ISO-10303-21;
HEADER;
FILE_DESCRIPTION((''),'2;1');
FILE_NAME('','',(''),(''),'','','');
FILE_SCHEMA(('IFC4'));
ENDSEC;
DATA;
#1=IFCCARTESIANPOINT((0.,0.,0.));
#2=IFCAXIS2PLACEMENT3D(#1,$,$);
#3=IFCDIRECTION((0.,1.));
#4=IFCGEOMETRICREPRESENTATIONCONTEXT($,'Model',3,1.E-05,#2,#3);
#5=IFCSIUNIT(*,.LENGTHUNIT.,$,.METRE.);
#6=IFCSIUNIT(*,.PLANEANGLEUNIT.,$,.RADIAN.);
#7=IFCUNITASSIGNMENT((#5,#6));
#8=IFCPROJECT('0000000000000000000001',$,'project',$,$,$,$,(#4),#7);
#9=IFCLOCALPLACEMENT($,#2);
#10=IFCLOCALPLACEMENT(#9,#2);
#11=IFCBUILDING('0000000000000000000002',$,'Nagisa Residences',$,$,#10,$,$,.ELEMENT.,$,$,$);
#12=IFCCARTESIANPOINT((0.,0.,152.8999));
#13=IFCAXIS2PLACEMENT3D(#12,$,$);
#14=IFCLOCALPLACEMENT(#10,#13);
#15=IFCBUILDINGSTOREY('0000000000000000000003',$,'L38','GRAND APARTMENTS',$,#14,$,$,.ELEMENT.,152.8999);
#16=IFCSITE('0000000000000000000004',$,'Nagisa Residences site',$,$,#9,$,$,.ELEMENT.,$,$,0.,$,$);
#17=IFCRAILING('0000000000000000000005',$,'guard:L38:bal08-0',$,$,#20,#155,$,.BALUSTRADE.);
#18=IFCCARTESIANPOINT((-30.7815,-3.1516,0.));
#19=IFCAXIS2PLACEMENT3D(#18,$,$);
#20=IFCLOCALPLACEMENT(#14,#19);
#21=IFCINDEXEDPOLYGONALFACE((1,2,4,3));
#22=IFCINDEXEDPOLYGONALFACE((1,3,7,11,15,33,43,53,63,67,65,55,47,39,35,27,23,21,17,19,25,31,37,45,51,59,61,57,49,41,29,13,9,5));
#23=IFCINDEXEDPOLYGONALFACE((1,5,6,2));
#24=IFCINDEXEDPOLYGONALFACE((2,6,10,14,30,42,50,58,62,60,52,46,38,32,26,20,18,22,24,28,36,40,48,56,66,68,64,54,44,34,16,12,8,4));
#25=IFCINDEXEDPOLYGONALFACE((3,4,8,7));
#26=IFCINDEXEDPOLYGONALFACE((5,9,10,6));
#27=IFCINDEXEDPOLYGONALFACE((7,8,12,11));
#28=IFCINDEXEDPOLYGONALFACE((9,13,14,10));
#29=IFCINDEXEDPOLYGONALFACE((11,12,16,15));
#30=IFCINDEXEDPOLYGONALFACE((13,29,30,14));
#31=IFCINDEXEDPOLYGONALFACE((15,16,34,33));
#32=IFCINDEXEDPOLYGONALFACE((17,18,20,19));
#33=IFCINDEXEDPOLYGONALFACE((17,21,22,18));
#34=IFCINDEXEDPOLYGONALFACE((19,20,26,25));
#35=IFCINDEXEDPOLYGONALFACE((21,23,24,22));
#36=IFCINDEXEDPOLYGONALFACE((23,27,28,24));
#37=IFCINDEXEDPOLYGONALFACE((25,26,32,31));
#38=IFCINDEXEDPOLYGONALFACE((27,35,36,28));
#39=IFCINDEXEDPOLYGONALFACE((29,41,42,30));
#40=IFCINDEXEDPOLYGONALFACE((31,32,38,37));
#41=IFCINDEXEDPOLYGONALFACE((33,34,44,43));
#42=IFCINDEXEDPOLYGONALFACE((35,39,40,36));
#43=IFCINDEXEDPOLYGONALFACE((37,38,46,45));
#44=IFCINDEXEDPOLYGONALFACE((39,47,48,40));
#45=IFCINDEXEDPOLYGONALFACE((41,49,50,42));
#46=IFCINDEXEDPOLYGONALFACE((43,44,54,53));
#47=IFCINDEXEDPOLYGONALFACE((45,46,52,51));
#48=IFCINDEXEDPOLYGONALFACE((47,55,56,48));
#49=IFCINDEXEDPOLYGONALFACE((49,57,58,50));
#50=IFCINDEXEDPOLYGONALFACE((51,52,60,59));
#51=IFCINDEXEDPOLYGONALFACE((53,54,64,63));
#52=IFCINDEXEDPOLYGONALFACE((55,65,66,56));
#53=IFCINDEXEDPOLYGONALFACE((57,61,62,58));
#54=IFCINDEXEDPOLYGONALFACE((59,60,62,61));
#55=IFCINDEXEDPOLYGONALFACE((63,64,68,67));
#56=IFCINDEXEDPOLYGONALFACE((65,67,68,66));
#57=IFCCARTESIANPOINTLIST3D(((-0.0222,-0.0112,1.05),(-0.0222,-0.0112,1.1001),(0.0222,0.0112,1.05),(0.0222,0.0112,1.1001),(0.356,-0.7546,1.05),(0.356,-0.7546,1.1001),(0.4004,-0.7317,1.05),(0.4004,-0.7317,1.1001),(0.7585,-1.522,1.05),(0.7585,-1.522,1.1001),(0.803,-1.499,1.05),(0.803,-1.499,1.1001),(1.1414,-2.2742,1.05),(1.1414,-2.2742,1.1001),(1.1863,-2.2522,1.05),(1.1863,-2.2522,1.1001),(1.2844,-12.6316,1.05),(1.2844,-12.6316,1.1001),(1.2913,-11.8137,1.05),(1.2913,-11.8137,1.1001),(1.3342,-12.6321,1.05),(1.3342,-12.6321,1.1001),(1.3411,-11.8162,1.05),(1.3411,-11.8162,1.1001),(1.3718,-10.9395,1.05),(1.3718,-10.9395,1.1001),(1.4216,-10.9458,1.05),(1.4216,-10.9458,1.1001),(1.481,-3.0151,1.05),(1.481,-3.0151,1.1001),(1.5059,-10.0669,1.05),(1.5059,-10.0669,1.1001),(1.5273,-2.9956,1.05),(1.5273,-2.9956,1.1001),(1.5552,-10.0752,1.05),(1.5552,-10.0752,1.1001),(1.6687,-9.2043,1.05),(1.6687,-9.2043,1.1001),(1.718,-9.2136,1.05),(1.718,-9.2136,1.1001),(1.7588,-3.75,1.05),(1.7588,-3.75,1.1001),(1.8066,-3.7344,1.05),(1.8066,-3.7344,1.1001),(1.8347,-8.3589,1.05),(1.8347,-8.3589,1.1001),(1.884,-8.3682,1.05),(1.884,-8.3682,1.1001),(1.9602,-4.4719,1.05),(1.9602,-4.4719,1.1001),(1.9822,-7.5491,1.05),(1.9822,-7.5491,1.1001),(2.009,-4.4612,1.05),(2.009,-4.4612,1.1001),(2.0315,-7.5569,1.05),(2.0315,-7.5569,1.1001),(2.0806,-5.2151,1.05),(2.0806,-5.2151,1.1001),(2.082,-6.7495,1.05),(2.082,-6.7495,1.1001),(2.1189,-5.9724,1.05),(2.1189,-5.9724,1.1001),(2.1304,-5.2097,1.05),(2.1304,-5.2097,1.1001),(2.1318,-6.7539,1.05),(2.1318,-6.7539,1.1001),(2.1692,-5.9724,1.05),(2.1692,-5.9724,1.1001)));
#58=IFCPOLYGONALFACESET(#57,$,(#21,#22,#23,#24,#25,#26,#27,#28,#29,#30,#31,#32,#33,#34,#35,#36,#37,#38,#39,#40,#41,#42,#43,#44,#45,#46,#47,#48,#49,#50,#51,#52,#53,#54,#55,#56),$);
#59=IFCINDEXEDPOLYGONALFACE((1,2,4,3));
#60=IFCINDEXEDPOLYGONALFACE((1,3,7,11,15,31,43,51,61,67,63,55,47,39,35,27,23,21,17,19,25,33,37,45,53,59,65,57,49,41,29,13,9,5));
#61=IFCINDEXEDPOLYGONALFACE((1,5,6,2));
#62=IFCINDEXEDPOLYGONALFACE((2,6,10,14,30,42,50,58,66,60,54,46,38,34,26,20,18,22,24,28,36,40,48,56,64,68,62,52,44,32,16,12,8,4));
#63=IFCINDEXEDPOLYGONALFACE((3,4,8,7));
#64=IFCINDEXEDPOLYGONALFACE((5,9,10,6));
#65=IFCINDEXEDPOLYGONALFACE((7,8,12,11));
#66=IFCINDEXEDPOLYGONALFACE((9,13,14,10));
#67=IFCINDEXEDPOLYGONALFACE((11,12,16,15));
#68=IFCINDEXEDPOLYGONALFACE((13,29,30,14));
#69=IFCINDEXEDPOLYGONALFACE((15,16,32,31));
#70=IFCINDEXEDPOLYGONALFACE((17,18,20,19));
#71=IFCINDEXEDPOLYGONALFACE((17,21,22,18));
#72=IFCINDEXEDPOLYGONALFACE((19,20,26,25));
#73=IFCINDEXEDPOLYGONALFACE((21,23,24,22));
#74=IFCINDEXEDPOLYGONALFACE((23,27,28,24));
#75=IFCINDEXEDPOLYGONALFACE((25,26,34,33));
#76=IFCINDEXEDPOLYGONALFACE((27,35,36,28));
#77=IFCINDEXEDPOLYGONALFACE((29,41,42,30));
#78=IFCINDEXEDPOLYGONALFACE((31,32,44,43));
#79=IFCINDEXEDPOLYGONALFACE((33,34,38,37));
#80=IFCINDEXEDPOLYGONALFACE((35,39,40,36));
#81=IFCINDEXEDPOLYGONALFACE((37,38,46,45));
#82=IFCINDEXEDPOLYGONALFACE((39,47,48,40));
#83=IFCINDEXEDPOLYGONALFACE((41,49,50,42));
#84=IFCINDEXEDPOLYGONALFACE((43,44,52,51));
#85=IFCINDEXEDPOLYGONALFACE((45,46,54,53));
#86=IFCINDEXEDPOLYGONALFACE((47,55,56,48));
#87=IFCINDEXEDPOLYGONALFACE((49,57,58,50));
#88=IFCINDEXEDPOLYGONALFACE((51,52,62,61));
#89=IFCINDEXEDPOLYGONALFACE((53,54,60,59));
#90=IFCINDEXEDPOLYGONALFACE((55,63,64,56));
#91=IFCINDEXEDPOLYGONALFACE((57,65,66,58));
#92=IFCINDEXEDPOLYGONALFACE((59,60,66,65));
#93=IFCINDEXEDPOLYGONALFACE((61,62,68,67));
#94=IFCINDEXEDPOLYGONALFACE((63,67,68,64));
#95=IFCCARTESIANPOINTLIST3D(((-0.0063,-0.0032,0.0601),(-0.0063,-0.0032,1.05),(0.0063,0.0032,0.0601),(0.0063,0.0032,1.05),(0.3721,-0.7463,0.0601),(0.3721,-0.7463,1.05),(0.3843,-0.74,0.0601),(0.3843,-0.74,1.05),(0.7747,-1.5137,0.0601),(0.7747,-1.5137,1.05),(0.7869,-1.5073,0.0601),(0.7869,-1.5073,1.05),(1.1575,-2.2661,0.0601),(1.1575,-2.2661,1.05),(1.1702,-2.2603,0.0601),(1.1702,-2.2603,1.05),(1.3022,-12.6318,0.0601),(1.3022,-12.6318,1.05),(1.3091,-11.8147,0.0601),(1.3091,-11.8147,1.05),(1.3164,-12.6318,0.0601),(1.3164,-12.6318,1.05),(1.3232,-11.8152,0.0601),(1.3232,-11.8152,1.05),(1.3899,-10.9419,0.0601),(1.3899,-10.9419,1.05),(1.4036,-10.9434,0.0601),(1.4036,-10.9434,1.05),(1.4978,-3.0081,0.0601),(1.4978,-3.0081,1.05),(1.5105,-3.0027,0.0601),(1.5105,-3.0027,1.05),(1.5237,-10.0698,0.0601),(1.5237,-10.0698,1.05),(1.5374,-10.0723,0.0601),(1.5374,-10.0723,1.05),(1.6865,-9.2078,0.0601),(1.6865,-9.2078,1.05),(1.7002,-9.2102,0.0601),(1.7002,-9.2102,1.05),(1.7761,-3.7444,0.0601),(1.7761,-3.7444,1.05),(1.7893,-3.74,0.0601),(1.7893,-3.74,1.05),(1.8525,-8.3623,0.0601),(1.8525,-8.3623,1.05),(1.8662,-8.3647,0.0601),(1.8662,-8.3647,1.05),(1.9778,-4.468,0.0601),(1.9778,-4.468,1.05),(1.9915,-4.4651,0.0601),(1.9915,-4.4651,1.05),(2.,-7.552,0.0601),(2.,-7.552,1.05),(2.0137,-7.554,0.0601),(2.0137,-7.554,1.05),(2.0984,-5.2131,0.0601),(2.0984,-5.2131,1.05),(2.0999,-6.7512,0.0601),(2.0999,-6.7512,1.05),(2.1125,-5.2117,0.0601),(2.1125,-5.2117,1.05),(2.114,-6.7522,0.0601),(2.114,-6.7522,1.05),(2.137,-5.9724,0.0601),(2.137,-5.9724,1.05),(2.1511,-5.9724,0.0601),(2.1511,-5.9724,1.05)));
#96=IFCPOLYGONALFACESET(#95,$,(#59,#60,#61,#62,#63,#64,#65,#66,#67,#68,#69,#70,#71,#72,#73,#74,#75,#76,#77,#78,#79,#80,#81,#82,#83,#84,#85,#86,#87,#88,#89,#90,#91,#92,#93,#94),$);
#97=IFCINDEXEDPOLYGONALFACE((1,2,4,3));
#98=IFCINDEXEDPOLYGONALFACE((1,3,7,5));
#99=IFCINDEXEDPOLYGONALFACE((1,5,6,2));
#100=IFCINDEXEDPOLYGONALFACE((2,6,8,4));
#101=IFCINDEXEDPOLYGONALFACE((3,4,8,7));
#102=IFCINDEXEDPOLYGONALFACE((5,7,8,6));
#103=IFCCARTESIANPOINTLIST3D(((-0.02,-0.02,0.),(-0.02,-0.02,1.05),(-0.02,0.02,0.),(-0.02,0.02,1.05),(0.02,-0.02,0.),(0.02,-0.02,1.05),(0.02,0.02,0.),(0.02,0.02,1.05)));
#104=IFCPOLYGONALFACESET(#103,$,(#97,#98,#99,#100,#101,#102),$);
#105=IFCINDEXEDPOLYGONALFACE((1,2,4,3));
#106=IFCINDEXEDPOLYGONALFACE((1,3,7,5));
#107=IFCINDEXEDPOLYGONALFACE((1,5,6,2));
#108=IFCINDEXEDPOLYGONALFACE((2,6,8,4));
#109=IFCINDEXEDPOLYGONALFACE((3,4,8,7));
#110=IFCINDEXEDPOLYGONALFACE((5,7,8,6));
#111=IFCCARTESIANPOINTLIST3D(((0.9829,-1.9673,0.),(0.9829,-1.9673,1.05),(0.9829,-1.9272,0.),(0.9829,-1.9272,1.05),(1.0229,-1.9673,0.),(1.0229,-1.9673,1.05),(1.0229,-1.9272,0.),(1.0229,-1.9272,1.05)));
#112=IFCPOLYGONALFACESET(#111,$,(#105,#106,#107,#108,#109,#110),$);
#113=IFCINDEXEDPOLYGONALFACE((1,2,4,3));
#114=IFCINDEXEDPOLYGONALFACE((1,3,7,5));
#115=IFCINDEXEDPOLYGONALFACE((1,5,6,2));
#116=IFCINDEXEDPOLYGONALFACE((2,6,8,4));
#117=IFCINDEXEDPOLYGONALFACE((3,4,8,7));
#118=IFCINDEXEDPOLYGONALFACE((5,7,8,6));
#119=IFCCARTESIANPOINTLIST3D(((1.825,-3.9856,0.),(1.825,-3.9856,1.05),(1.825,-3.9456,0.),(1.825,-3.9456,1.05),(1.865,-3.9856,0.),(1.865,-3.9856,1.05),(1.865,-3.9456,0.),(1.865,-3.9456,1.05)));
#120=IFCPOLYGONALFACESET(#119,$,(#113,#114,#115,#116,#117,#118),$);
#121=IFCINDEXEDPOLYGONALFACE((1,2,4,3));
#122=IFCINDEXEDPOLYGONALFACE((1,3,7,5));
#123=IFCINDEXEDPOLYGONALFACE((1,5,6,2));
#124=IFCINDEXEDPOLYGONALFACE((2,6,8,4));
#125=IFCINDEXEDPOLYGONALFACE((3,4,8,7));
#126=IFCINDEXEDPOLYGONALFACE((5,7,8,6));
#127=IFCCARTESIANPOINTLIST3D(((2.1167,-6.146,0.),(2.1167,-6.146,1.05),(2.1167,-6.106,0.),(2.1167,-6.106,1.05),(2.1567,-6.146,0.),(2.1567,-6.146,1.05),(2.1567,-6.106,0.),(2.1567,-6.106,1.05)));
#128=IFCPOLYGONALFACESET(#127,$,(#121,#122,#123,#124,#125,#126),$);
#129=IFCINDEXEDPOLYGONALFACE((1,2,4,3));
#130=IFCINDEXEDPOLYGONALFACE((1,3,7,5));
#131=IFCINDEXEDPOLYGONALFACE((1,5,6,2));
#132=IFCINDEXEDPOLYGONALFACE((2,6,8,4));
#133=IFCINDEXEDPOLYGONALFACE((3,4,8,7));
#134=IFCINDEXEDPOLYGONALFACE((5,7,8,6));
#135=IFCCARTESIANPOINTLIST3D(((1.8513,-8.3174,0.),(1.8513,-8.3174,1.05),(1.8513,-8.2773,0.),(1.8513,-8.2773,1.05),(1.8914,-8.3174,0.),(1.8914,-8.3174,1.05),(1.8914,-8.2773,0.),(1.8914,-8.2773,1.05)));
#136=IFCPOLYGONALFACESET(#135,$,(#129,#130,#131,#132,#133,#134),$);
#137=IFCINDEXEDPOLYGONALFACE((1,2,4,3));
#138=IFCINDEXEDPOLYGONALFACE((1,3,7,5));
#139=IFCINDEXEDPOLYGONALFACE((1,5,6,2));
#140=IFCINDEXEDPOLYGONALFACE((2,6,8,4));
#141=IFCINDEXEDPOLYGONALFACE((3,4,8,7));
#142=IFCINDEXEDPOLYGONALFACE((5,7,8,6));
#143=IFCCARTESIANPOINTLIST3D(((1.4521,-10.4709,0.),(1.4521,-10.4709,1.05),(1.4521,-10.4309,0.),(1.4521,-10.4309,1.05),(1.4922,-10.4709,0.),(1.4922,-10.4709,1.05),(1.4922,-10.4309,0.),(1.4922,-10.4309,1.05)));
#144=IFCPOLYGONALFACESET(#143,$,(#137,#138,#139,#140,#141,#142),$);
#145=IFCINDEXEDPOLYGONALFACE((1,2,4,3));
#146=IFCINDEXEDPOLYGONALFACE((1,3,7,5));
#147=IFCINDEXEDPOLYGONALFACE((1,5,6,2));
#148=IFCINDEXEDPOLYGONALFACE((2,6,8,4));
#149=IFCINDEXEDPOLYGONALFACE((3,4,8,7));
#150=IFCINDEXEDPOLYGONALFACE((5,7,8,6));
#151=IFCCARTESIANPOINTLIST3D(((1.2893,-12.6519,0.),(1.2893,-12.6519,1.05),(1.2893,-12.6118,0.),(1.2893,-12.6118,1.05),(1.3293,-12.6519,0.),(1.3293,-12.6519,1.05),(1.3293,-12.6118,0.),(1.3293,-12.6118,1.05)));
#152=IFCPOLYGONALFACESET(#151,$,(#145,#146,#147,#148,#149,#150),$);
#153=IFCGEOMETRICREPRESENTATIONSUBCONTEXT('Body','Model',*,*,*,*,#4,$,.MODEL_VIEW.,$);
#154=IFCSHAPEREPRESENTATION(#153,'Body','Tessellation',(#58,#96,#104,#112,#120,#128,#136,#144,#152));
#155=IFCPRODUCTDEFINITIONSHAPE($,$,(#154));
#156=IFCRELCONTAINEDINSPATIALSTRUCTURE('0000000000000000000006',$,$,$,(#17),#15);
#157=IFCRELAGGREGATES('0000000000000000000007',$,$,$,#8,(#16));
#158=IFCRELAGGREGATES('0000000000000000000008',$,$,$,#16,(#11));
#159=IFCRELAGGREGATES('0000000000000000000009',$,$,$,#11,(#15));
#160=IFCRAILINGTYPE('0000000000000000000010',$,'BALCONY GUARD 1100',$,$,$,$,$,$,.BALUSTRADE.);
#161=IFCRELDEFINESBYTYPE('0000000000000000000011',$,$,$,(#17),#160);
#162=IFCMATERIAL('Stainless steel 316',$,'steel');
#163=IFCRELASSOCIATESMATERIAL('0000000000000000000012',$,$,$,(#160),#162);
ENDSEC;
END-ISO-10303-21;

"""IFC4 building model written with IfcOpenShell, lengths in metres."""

from ifc_helpers import new_model, si_unit, direction, frame, origin, origin_2d, place, context, subcontext, project, spatial, polyline, rectangle, outline, extrude, material, type_object, element, save


model = new_model("IFC4")

# Units and contexts
model_context = context("Model", 3, precision=1e-05, world=origin(), true_north=direction((0.0, 1.0)))
body_context = subcontext(model_context, "Body", "Model", "MODEL_VIEW")
ifc_project = project(units=[si_unit("LENGTHUNIT", "METRE"), si_unit("PLANEANGLEUNIT", "RADIAN")], contexts=[model_context])

# Site, building, storey
site_placement = place(None, origin())
site = spatial("IfcSite", under=ifc_project, at=site_placement, Name="Nagisa Residences site", CompositionType="ELEMENT", RefElevation=0.0)
building_placement = place(site_placement, origin())
building = spatial("IfcBuilding", under=site, at=building_placement, Name="Nagisa Residences", CompositionType="ELEMENT")
storey_placement = place(building_placement, frame((0.0, 0.0, 152.8999)))
storey = spatial("IfcBuildingStorey", under=building, at=storey_placement, Name="L38", Description="GRAND APARTMENTS", CompositionType="ELEMENT", Elevation=152.8999)

# Railing
ifc_material_1 = material(Name="Stainless steel 316", Category="steel")
railing_type = type_object("IfcRailingType", Name="BALCONY GUARD 1100", PredefinedType="BALUSTRADE", material=ifc_material_1)
railing_1_placement = place(storey_placement, frame((-30.7815, -3.1516, 0.0)))
element("IfcRailing", 1, at=railing_1_placement, inside=storey, type_object=railing_type, Name="guard:L38:bal08-0", PredefinedType="BALUSTRADE", context=body_context, shape_type="SweptSolid", body=[
    extrude(outline(polyline([(0.4004, -0.7317), (0.0222, 0.0112), (-0.0222, -0.0112), (0.356, -0.7546), (0.7585, -1.522), (1.1414, -2.2742), (1.481, -3.0151), (1.7588, -3.75), (1.9602, -4.4719), (2.0806, -5.2151), (2.1189, -5.9724), (2.082, -6.7495), (1.9822, -7.5491), (1.8347, -8.3589), (1.6687, -9.2043), (1.5059, -10.0669), (1.3718, -10.9395), (1.2913, -11.8137), (1.2844, -12.6316), (1.3342, -12.6321), (1.3411, -11.8162), (1.4216, -10.9458), (1.5552, -10.0752), (1.718, -9.2136), (1.884, -8.3682), (2.0315, -7.5569), (2.1318, -6.7539), (2.1692, -5.9724), (2.1304, -5.2097), (2.009, -4.4612), (1.8066, -3.7344), (1.5273, -2.9956), (1.1863, -2.2522), (0.803, -1.499), (0.4004, -0.7317)])), frame((0.0, 0.0, 1.05)), (0.0, 0.0, 1.0), 0.05),
    extrude(outline(polyline([(0.3843, -0.74), (0.0063, 0.0032), (-0.0063, -0.0032), (0.3721, -0.7463), (0.7747, -1.5137), (1.1575, -2.2661), (1.4978, -3.0081), (1.7761, -3.7444), (1.9778, -4.468), (2.0984, -5.2131), (2.137, -5.9724), (2.0999, -6.7512), (2.0, -7.552), (1.8525, -8.3623), (1.6865, -9.2078), (1.5237, -10.0698), (1.3899, -10.9419), (1.3091, -11.8147), (1.3022, -12.6318), (1.3164, -12.6318), (1.3232, -11.8152), (1.4036, -10.9434), (1.5374, -10.0723), (1.7002, -9.2102), (1.8662, -8.3647), (2.0137, -7.554), (2.114, -6.7522), (2.1511, -5.9724), (2.1125, -5.2117), (1.9915, -4.4651), (1.7893, -3.74), (1.5105, -3.0027), (1.1702, -2.2603), (0.7869, -1.5073), (0.3843, -0.74)])), frame((0.0, 0.0, 0.0601)), (0.0, 0.0, 1.0), 0.99),
    extrude(rectangle(XDim=0.04, YDim=0.04, at=origin_2d()), origin(), (0.0, 0.0, 1.0), 1.05),
    extrude(rectangle(XDim=0.04, YDim=0.04, at=origin_2d()), frame((1.0029, -1.9473, 0.0)), (0.0, 0.0, 1.0), 1.05),
    extrude(rectangle(XDim=0.04, YDim=0.04, at=origin_2d()), frame((1.845, -3.9656, 0.0)), (0.0, 0.0, 1.0), 1.05),
    extrude(rectangle(XDim=0.04, YDim=0.04, at=origin_2d()), frame((2.1367, -6.126, 0.0)), (0.0, 0.0, 1.0), 1.05),
    extrude(rectangle(XDim=0.04, YDim=0.04, at=origin_2d()), frame((1.8713, -8.2974, 0.0)), (0.0, 0.0, 1.0), 1.05),
    extrude(rectangle(XDim=0.04, YDim=0.04, at=origin_2d()), frame((1.4722, -10.4509, 0.0)), (0.0, 0.0, 1.0), 1.05),
    extrude(rectangle(XDim=0.04, YDim=0.04, at=origin_2d()), frame((1.3093, -12.6318, 0.0)), (0.0, 0.0, 1.0), 1.05),
])

save(model, "model.ifc")
